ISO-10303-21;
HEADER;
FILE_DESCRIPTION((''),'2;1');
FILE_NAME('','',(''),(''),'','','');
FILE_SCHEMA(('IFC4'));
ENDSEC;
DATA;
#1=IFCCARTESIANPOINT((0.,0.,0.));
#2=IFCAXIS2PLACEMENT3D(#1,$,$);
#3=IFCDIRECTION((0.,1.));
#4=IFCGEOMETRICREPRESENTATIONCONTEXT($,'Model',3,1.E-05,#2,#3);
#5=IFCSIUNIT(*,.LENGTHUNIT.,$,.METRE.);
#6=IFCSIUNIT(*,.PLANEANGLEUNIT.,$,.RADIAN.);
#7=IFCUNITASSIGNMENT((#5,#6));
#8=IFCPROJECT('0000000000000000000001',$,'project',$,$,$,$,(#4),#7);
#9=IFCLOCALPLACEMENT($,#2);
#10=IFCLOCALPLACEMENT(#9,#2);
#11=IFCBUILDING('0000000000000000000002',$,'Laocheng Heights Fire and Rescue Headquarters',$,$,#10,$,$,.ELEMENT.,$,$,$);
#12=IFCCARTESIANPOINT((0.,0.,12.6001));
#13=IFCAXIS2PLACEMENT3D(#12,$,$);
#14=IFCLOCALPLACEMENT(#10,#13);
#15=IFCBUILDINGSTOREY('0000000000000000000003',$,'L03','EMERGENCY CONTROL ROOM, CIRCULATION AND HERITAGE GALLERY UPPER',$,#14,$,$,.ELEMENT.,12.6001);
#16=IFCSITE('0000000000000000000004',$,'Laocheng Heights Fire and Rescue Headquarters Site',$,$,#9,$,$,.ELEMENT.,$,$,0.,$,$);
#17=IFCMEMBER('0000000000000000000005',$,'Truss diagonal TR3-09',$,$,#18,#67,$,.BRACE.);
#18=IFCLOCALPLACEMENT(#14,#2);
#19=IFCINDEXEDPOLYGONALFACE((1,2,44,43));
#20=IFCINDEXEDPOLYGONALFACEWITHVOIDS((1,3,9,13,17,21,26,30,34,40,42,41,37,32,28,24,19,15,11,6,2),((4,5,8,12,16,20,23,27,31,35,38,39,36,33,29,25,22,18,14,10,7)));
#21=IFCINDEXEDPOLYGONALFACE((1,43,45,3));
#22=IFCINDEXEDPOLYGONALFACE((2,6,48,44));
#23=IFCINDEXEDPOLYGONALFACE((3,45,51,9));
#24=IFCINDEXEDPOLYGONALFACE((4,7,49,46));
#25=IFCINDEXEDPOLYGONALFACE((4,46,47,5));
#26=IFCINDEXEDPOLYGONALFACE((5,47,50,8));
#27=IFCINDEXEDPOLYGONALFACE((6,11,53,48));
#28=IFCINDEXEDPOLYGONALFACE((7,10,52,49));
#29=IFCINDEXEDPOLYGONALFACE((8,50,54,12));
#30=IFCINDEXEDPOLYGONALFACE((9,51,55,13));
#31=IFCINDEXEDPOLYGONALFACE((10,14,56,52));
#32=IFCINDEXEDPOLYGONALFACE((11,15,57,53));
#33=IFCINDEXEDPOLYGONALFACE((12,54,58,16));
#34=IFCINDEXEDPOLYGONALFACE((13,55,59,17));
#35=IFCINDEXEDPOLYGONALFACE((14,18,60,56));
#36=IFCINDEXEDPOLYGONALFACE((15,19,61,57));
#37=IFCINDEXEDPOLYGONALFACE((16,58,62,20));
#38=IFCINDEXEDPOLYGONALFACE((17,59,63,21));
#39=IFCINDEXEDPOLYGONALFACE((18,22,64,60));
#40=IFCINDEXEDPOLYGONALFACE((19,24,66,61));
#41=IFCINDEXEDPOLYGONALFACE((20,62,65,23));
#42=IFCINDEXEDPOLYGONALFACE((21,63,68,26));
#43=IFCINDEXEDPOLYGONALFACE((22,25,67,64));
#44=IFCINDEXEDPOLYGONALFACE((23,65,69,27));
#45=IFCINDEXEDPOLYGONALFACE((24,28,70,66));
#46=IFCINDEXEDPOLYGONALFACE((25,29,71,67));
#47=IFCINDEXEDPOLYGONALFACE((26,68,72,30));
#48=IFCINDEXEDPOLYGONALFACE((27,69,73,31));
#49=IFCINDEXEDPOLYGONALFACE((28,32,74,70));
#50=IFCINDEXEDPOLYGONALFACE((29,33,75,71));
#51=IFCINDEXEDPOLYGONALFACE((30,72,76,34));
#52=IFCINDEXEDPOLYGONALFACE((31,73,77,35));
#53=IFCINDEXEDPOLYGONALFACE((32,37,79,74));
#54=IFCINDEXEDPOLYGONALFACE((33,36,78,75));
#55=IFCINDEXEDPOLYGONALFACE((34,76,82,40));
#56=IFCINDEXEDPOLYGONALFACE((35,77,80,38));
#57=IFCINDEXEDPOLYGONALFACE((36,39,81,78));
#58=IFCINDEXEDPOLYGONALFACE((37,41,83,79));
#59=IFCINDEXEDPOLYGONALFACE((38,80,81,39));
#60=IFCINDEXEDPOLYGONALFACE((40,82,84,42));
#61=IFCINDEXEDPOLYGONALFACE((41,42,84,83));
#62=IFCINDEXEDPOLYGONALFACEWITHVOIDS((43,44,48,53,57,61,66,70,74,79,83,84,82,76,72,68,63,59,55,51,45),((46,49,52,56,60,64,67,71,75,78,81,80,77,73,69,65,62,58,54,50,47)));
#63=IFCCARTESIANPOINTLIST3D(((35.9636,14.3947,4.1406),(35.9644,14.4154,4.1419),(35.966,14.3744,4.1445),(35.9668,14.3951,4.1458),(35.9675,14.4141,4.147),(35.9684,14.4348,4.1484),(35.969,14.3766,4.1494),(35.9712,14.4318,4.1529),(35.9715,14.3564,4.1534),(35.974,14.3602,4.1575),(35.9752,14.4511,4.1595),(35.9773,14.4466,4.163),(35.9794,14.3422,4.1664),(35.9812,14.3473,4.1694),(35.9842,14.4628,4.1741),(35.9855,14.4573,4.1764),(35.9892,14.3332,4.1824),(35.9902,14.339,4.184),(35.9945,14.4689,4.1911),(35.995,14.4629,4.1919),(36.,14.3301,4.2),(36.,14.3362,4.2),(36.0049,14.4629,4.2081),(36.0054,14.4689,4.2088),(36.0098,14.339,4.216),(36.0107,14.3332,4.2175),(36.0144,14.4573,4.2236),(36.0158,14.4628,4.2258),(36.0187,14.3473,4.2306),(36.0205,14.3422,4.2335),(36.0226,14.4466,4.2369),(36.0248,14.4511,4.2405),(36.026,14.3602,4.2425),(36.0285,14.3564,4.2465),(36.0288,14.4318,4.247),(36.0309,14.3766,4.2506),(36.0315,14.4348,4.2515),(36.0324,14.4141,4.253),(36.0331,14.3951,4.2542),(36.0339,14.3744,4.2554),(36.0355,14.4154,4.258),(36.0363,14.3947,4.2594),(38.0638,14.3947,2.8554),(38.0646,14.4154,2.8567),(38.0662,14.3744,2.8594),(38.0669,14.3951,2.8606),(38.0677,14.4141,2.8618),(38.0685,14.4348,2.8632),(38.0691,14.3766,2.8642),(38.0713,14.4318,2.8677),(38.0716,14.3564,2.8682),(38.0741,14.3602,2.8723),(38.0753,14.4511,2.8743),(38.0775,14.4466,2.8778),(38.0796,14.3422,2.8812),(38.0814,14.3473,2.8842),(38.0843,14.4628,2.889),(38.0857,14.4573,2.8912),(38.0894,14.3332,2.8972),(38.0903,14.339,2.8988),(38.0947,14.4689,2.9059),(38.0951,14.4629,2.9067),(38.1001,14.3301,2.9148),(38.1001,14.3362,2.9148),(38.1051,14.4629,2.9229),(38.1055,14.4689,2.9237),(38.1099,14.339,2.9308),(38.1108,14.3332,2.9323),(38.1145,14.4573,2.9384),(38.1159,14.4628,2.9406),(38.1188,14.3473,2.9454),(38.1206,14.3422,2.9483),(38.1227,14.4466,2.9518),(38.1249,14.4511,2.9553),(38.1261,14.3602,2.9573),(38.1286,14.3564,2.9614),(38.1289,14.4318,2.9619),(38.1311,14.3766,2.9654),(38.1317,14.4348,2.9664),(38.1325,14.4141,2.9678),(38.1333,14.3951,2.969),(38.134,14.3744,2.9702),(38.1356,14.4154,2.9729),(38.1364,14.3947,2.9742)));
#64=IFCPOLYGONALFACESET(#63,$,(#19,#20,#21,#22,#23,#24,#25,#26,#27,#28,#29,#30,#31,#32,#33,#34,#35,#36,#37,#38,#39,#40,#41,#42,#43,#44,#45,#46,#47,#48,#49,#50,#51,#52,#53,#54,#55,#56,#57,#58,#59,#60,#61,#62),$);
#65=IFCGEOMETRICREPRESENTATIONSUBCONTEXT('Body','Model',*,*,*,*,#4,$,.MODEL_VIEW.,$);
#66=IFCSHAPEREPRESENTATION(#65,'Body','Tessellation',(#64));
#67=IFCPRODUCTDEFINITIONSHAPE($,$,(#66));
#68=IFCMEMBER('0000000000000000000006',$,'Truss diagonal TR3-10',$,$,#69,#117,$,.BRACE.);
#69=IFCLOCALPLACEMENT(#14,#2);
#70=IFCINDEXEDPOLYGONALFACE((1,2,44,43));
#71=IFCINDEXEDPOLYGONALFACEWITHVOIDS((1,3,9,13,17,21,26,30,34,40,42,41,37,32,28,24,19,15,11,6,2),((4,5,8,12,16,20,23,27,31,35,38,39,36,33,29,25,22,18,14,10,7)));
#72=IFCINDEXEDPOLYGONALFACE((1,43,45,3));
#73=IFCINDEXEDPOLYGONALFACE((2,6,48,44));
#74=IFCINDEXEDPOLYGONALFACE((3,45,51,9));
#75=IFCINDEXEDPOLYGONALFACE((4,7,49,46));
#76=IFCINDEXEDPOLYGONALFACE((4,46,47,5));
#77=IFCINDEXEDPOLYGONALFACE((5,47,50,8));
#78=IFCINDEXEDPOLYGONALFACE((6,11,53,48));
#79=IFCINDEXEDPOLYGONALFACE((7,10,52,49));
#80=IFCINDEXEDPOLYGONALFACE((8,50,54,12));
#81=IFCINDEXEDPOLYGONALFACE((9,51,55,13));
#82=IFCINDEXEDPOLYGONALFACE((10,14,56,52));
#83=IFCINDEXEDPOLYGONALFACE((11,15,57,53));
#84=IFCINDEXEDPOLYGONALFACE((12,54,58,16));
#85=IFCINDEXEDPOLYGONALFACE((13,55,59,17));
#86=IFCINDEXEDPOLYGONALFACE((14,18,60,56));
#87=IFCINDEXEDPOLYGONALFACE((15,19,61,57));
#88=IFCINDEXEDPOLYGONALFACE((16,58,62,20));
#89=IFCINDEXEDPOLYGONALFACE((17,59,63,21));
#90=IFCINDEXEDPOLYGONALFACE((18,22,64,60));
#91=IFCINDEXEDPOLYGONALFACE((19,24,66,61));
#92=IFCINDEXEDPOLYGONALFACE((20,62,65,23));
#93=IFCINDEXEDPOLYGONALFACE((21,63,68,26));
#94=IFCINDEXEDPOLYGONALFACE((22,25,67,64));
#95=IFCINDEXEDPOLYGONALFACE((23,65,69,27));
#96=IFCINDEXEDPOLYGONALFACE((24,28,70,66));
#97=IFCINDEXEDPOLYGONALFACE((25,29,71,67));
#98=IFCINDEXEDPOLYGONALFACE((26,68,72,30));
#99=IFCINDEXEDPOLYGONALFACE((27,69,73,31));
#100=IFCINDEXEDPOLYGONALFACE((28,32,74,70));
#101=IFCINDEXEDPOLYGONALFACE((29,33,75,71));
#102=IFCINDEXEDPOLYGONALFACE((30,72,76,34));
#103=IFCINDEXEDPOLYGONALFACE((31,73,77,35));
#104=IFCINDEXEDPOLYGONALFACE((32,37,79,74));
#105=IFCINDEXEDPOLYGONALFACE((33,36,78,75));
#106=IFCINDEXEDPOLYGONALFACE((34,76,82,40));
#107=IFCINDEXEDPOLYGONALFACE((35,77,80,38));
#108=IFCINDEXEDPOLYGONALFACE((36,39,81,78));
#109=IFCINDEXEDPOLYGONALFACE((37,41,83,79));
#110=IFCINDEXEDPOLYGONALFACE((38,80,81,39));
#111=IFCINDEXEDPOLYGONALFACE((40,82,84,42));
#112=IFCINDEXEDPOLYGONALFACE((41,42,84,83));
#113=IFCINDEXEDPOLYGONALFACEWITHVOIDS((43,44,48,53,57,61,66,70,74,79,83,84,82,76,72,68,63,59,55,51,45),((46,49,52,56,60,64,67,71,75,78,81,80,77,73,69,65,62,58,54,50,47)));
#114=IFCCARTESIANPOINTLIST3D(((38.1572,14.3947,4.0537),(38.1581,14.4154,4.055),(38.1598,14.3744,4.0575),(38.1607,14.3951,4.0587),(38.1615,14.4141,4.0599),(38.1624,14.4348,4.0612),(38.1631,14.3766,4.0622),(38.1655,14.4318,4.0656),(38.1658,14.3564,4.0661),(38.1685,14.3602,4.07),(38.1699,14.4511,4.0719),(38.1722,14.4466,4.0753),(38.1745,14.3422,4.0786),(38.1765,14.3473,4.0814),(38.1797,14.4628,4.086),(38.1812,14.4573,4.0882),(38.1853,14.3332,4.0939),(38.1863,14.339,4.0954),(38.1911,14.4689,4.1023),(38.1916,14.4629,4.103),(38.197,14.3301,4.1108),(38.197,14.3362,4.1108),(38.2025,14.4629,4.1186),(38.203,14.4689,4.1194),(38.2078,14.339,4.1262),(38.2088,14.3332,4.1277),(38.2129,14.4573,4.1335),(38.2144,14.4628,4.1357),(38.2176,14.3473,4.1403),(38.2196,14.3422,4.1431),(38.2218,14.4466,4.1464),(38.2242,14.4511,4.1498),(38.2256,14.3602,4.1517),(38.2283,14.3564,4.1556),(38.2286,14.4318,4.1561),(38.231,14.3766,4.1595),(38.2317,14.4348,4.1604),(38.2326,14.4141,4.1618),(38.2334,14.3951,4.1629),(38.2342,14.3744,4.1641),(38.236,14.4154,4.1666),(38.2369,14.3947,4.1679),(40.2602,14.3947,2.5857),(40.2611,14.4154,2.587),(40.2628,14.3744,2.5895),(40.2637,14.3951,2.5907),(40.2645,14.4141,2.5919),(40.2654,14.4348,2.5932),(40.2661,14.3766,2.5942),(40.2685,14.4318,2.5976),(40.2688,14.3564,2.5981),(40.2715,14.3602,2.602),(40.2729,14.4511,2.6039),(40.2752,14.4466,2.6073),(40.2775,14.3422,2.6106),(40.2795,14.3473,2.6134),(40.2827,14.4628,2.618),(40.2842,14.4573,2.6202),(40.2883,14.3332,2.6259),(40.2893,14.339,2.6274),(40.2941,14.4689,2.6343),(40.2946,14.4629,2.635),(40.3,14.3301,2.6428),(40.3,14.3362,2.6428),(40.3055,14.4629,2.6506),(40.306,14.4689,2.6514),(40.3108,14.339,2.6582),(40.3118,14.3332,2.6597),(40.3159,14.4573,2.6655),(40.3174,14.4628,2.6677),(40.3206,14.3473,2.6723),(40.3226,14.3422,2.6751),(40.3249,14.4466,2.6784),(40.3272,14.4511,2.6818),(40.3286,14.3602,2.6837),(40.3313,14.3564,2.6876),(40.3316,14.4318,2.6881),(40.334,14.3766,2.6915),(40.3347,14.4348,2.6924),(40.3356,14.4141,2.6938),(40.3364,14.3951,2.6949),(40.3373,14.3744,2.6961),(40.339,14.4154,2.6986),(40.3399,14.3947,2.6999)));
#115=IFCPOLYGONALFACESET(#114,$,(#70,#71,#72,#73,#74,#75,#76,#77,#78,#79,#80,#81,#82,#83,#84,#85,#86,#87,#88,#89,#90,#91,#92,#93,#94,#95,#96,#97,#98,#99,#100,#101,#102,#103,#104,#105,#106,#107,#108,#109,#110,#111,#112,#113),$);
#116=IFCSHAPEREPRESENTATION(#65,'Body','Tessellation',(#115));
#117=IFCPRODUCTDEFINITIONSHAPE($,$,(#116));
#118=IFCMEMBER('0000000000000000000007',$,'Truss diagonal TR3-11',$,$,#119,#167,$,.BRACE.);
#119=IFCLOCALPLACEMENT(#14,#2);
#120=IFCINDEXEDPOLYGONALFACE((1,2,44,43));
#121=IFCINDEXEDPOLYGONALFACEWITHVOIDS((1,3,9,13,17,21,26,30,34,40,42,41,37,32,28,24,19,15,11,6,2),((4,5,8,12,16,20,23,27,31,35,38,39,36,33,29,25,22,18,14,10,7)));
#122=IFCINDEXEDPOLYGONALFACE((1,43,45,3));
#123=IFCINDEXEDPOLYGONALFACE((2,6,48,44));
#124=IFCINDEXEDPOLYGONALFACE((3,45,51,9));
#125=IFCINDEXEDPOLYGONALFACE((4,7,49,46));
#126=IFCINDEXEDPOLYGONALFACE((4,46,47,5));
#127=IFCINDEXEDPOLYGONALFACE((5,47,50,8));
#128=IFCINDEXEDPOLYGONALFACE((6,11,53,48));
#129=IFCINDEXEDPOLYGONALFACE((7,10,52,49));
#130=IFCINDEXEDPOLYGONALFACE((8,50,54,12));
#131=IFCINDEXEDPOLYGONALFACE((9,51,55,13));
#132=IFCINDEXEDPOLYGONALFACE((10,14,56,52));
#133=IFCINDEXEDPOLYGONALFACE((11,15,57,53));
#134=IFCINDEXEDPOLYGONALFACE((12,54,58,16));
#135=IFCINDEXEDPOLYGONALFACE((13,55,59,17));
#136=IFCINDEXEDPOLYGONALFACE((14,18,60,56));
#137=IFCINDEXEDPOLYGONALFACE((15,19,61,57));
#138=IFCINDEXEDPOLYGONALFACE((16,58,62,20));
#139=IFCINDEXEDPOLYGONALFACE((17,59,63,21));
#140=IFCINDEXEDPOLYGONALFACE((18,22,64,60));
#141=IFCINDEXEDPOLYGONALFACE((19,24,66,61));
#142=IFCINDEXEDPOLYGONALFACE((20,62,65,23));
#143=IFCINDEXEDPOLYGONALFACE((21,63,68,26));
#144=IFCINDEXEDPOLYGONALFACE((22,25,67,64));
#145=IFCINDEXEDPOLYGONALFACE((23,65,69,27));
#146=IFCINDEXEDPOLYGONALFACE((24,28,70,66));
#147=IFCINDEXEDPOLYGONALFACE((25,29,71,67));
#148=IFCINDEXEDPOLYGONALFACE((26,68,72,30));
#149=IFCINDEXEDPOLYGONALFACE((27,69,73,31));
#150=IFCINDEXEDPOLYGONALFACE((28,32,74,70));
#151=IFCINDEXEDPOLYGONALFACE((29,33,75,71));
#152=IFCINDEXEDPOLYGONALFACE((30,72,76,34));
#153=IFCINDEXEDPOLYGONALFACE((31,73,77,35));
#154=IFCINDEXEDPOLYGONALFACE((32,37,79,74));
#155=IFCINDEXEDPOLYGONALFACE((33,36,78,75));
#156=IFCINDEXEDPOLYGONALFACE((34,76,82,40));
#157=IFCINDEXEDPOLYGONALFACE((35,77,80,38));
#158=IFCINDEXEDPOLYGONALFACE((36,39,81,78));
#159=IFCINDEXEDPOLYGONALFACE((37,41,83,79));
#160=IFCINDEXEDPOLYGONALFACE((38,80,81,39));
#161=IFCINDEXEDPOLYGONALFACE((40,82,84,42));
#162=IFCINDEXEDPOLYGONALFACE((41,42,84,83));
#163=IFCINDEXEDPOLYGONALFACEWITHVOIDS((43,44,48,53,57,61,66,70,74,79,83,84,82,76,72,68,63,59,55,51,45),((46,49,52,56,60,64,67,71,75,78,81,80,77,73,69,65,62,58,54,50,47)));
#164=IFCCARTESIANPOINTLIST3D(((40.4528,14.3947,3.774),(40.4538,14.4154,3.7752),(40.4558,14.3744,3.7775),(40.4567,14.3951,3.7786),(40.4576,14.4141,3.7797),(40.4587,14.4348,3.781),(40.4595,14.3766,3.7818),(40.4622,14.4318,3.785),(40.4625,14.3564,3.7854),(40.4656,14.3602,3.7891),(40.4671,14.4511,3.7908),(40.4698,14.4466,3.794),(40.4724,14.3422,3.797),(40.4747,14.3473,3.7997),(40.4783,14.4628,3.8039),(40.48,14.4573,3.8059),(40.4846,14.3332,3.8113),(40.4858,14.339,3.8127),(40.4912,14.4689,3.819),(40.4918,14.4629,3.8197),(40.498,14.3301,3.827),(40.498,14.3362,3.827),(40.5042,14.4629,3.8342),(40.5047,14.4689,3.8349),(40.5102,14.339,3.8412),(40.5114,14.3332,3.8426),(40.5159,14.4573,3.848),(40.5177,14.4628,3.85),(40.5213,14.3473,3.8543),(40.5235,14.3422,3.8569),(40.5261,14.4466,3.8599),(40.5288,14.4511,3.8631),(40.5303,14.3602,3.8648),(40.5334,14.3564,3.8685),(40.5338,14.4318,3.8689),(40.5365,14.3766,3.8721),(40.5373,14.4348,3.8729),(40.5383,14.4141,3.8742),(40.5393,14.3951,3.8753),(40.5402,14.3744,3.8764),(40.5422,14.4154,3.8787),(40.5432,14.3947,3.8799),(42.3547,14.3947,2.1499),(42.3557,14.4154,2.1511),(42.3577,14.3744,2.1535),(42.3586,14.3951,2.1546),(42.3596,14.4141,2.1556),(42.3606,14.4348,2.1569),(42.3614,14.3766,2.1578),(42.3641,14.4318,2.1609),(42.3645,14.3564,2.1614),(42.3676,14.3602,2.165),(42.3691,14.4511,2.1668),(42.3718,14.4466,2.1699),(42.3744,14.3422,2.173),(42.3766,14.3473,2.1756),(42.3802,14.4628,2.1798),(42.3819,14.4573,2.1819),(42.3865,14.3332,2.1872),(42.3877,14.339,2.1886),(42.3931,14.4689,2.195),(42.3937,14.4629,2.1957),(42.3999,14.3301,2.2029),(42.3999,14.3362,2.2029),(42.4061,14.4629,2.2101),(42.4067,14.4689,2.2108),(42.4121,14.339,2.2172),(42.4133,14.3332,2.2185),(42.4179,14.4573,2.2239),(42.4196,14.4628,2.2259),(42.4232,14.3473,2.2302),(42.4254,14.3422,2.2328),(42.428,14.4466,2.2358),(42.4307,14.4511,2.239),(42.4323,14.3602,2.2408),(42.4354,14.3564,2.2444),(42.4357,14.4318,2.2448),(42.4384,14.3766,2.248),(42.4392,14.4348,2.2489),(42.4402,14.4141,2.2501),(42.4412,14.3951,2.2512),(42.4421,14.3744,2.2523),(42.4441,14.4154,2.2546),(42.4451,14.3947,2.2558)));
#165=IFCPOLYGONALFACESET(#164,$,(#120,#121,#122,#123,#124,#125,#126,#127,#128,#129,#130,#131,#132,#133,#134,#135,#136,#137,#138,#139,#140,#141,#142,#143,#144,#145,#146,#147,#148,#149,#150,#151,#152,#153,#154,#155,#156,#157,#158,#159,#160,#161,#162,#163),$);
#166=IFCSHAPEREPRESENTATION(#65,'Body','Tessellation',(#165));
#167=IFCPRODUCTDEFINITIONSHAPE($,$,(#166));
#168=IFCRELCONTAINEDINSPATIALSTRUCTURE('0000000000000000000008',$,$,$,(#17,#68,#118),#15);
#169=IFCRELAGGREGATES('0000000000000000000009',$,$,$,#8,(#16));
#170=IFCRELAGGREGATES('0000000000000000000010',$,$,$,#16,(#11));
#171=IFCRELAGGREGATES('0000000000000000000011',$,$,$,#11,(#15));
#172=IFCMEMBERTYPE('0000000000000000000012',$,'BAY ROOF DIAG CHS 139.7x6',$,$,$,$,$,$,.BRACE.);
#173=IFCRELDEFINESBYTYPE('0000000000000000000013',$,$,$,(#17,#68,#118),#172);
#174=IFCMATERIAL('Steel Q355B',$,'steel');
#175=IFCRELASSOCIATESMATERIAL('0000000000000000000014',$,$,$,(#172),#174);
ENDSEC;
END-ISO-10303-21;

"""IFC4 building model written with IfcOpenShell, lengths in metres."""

from ifc_helpers import new_model, si_unit, direction, frame, origin, origin_2d, place, context, subcontext, project, spatial, hollow_circle, extrude, material, material_profile, profile_set, type_object, element, save


model = new_model("IFC4")

# Units and contexts
model_context = context("Model", 3, precision=1e-05, world=origin(), true_north=direction((0.0, 1.0)))
body_context = subcontext(model_context, "Body", "Model", "MODEL_VIEW")
ifc_project = project(units=[si_unit("LENGTHUNIT", "METRE"), si_unit("PLANEANGLEUNIT", "RADIAN")], contexts=[model_context])

# Site, building, storey
site_placement = place(None, origin())
site = spatial("IfcSite", under=ifc_project, at=site_placement, Name="Laocheng Heights Fire and Rescue Headquarters Site", CompositionType="ELEMENT", RefElevation=0.0)
building_placement = place(site_placement, origin())
building = spatial("IfcBuilding", under=site, at=building_placement, Name="Laocheng Heights Fire and Rescue Headquarters", CompositionType="ELEMENT")
storey_placement = place(building_placement, frame((0.0, 0.0, 12.6001)))
storey = spatial("IfcBuildingStorey", under=building, at=storey_placement, Name="L03", Description="EMERGENCY CONTROL ROOM, CIRCULATION AND HERITAGE GALLERY UPPER", CompositionType="ELEMENT", Elevation=12.6001)

# Members
ifc_material_1 = material(Name="Steel Q355B", Category="steel")
ifc_material_profile_1 = material_profile(ifc_material_1, hollow_circle(Radius=0.0698, WallThickness=0.0061, at=origin_2d()), Name="CHS 139.7x6")
ifc_profile_set_1 = profile_set([ifc_material_profile_1], Name="Steel Q355B")
member_type_1 = type_object("IfcMemberType", Name="BAY ROOF DIAG CHS 139.7x6", PredefinedType="BRACE", material=ifc_profile_set_1)
member_1_placement = place(storey_placement, frame((38.1001, 14.3999, 2.9148), z_axis=(-0.852963, 0.0, 0.521971), x_axis=(0.0, -1.0, 0.0)))
element("IfcMember", 1, at=member_1_placement, inside=storey, type_object=member_type_1, Name="Truss diagonal TR3-09", PredefinedType="BRACE", context=body_context, shape_type="SweptSolid", body=[
    extrude(hollow_circle(Radius=0.0698, WallThickness=0.0061, at=origin_2d()), origin(), (0.0, 0.0, 1.0), 2.4622),
])
member_2_placement = place(storey_placement, frame((40.3, 14.3999, 2.6428), z_axis=(-0.819983, 0.0, 0.572389), x_axis=(0.0, -1.0, 0.0)))
element("IfcMember", 2, at=member_2_placement, inside=storey, type_object=member_type_1, Name="Truss diagonal TR3-10", PredefinedType="BRACE", context=body_context, shape_type="SweptSolid", body=[
    extrude(hollow_circle(Radius=0.0698, WallThickness=0.0061, at=origin_2d()), origin(), (0.0, 0.0, 1.0), 2.5647),
])
member_3_placement = place(storey_placement, frame((42.3999, 14.3999, 2.2029), z_axis=(-0.760468, 0.0, 0.649375), x_axis=(0.0, -1.0, 0.0)))
element("IfcMember", 3, at=member_3_placement, inside=storey, type_object=member_type_1, Name="Truss diagonal TR3-11", PredefinedType="BRACE", context=body_context, shape_type="SweptSolid", body=[
    extrude(hollow_circle(Radius=0.0698, WallThickness=0.0061, at=origin_2d()), origin(), (0.0, 0.0, 1.0), 2.501),
])

save(model, "model.ifc")
